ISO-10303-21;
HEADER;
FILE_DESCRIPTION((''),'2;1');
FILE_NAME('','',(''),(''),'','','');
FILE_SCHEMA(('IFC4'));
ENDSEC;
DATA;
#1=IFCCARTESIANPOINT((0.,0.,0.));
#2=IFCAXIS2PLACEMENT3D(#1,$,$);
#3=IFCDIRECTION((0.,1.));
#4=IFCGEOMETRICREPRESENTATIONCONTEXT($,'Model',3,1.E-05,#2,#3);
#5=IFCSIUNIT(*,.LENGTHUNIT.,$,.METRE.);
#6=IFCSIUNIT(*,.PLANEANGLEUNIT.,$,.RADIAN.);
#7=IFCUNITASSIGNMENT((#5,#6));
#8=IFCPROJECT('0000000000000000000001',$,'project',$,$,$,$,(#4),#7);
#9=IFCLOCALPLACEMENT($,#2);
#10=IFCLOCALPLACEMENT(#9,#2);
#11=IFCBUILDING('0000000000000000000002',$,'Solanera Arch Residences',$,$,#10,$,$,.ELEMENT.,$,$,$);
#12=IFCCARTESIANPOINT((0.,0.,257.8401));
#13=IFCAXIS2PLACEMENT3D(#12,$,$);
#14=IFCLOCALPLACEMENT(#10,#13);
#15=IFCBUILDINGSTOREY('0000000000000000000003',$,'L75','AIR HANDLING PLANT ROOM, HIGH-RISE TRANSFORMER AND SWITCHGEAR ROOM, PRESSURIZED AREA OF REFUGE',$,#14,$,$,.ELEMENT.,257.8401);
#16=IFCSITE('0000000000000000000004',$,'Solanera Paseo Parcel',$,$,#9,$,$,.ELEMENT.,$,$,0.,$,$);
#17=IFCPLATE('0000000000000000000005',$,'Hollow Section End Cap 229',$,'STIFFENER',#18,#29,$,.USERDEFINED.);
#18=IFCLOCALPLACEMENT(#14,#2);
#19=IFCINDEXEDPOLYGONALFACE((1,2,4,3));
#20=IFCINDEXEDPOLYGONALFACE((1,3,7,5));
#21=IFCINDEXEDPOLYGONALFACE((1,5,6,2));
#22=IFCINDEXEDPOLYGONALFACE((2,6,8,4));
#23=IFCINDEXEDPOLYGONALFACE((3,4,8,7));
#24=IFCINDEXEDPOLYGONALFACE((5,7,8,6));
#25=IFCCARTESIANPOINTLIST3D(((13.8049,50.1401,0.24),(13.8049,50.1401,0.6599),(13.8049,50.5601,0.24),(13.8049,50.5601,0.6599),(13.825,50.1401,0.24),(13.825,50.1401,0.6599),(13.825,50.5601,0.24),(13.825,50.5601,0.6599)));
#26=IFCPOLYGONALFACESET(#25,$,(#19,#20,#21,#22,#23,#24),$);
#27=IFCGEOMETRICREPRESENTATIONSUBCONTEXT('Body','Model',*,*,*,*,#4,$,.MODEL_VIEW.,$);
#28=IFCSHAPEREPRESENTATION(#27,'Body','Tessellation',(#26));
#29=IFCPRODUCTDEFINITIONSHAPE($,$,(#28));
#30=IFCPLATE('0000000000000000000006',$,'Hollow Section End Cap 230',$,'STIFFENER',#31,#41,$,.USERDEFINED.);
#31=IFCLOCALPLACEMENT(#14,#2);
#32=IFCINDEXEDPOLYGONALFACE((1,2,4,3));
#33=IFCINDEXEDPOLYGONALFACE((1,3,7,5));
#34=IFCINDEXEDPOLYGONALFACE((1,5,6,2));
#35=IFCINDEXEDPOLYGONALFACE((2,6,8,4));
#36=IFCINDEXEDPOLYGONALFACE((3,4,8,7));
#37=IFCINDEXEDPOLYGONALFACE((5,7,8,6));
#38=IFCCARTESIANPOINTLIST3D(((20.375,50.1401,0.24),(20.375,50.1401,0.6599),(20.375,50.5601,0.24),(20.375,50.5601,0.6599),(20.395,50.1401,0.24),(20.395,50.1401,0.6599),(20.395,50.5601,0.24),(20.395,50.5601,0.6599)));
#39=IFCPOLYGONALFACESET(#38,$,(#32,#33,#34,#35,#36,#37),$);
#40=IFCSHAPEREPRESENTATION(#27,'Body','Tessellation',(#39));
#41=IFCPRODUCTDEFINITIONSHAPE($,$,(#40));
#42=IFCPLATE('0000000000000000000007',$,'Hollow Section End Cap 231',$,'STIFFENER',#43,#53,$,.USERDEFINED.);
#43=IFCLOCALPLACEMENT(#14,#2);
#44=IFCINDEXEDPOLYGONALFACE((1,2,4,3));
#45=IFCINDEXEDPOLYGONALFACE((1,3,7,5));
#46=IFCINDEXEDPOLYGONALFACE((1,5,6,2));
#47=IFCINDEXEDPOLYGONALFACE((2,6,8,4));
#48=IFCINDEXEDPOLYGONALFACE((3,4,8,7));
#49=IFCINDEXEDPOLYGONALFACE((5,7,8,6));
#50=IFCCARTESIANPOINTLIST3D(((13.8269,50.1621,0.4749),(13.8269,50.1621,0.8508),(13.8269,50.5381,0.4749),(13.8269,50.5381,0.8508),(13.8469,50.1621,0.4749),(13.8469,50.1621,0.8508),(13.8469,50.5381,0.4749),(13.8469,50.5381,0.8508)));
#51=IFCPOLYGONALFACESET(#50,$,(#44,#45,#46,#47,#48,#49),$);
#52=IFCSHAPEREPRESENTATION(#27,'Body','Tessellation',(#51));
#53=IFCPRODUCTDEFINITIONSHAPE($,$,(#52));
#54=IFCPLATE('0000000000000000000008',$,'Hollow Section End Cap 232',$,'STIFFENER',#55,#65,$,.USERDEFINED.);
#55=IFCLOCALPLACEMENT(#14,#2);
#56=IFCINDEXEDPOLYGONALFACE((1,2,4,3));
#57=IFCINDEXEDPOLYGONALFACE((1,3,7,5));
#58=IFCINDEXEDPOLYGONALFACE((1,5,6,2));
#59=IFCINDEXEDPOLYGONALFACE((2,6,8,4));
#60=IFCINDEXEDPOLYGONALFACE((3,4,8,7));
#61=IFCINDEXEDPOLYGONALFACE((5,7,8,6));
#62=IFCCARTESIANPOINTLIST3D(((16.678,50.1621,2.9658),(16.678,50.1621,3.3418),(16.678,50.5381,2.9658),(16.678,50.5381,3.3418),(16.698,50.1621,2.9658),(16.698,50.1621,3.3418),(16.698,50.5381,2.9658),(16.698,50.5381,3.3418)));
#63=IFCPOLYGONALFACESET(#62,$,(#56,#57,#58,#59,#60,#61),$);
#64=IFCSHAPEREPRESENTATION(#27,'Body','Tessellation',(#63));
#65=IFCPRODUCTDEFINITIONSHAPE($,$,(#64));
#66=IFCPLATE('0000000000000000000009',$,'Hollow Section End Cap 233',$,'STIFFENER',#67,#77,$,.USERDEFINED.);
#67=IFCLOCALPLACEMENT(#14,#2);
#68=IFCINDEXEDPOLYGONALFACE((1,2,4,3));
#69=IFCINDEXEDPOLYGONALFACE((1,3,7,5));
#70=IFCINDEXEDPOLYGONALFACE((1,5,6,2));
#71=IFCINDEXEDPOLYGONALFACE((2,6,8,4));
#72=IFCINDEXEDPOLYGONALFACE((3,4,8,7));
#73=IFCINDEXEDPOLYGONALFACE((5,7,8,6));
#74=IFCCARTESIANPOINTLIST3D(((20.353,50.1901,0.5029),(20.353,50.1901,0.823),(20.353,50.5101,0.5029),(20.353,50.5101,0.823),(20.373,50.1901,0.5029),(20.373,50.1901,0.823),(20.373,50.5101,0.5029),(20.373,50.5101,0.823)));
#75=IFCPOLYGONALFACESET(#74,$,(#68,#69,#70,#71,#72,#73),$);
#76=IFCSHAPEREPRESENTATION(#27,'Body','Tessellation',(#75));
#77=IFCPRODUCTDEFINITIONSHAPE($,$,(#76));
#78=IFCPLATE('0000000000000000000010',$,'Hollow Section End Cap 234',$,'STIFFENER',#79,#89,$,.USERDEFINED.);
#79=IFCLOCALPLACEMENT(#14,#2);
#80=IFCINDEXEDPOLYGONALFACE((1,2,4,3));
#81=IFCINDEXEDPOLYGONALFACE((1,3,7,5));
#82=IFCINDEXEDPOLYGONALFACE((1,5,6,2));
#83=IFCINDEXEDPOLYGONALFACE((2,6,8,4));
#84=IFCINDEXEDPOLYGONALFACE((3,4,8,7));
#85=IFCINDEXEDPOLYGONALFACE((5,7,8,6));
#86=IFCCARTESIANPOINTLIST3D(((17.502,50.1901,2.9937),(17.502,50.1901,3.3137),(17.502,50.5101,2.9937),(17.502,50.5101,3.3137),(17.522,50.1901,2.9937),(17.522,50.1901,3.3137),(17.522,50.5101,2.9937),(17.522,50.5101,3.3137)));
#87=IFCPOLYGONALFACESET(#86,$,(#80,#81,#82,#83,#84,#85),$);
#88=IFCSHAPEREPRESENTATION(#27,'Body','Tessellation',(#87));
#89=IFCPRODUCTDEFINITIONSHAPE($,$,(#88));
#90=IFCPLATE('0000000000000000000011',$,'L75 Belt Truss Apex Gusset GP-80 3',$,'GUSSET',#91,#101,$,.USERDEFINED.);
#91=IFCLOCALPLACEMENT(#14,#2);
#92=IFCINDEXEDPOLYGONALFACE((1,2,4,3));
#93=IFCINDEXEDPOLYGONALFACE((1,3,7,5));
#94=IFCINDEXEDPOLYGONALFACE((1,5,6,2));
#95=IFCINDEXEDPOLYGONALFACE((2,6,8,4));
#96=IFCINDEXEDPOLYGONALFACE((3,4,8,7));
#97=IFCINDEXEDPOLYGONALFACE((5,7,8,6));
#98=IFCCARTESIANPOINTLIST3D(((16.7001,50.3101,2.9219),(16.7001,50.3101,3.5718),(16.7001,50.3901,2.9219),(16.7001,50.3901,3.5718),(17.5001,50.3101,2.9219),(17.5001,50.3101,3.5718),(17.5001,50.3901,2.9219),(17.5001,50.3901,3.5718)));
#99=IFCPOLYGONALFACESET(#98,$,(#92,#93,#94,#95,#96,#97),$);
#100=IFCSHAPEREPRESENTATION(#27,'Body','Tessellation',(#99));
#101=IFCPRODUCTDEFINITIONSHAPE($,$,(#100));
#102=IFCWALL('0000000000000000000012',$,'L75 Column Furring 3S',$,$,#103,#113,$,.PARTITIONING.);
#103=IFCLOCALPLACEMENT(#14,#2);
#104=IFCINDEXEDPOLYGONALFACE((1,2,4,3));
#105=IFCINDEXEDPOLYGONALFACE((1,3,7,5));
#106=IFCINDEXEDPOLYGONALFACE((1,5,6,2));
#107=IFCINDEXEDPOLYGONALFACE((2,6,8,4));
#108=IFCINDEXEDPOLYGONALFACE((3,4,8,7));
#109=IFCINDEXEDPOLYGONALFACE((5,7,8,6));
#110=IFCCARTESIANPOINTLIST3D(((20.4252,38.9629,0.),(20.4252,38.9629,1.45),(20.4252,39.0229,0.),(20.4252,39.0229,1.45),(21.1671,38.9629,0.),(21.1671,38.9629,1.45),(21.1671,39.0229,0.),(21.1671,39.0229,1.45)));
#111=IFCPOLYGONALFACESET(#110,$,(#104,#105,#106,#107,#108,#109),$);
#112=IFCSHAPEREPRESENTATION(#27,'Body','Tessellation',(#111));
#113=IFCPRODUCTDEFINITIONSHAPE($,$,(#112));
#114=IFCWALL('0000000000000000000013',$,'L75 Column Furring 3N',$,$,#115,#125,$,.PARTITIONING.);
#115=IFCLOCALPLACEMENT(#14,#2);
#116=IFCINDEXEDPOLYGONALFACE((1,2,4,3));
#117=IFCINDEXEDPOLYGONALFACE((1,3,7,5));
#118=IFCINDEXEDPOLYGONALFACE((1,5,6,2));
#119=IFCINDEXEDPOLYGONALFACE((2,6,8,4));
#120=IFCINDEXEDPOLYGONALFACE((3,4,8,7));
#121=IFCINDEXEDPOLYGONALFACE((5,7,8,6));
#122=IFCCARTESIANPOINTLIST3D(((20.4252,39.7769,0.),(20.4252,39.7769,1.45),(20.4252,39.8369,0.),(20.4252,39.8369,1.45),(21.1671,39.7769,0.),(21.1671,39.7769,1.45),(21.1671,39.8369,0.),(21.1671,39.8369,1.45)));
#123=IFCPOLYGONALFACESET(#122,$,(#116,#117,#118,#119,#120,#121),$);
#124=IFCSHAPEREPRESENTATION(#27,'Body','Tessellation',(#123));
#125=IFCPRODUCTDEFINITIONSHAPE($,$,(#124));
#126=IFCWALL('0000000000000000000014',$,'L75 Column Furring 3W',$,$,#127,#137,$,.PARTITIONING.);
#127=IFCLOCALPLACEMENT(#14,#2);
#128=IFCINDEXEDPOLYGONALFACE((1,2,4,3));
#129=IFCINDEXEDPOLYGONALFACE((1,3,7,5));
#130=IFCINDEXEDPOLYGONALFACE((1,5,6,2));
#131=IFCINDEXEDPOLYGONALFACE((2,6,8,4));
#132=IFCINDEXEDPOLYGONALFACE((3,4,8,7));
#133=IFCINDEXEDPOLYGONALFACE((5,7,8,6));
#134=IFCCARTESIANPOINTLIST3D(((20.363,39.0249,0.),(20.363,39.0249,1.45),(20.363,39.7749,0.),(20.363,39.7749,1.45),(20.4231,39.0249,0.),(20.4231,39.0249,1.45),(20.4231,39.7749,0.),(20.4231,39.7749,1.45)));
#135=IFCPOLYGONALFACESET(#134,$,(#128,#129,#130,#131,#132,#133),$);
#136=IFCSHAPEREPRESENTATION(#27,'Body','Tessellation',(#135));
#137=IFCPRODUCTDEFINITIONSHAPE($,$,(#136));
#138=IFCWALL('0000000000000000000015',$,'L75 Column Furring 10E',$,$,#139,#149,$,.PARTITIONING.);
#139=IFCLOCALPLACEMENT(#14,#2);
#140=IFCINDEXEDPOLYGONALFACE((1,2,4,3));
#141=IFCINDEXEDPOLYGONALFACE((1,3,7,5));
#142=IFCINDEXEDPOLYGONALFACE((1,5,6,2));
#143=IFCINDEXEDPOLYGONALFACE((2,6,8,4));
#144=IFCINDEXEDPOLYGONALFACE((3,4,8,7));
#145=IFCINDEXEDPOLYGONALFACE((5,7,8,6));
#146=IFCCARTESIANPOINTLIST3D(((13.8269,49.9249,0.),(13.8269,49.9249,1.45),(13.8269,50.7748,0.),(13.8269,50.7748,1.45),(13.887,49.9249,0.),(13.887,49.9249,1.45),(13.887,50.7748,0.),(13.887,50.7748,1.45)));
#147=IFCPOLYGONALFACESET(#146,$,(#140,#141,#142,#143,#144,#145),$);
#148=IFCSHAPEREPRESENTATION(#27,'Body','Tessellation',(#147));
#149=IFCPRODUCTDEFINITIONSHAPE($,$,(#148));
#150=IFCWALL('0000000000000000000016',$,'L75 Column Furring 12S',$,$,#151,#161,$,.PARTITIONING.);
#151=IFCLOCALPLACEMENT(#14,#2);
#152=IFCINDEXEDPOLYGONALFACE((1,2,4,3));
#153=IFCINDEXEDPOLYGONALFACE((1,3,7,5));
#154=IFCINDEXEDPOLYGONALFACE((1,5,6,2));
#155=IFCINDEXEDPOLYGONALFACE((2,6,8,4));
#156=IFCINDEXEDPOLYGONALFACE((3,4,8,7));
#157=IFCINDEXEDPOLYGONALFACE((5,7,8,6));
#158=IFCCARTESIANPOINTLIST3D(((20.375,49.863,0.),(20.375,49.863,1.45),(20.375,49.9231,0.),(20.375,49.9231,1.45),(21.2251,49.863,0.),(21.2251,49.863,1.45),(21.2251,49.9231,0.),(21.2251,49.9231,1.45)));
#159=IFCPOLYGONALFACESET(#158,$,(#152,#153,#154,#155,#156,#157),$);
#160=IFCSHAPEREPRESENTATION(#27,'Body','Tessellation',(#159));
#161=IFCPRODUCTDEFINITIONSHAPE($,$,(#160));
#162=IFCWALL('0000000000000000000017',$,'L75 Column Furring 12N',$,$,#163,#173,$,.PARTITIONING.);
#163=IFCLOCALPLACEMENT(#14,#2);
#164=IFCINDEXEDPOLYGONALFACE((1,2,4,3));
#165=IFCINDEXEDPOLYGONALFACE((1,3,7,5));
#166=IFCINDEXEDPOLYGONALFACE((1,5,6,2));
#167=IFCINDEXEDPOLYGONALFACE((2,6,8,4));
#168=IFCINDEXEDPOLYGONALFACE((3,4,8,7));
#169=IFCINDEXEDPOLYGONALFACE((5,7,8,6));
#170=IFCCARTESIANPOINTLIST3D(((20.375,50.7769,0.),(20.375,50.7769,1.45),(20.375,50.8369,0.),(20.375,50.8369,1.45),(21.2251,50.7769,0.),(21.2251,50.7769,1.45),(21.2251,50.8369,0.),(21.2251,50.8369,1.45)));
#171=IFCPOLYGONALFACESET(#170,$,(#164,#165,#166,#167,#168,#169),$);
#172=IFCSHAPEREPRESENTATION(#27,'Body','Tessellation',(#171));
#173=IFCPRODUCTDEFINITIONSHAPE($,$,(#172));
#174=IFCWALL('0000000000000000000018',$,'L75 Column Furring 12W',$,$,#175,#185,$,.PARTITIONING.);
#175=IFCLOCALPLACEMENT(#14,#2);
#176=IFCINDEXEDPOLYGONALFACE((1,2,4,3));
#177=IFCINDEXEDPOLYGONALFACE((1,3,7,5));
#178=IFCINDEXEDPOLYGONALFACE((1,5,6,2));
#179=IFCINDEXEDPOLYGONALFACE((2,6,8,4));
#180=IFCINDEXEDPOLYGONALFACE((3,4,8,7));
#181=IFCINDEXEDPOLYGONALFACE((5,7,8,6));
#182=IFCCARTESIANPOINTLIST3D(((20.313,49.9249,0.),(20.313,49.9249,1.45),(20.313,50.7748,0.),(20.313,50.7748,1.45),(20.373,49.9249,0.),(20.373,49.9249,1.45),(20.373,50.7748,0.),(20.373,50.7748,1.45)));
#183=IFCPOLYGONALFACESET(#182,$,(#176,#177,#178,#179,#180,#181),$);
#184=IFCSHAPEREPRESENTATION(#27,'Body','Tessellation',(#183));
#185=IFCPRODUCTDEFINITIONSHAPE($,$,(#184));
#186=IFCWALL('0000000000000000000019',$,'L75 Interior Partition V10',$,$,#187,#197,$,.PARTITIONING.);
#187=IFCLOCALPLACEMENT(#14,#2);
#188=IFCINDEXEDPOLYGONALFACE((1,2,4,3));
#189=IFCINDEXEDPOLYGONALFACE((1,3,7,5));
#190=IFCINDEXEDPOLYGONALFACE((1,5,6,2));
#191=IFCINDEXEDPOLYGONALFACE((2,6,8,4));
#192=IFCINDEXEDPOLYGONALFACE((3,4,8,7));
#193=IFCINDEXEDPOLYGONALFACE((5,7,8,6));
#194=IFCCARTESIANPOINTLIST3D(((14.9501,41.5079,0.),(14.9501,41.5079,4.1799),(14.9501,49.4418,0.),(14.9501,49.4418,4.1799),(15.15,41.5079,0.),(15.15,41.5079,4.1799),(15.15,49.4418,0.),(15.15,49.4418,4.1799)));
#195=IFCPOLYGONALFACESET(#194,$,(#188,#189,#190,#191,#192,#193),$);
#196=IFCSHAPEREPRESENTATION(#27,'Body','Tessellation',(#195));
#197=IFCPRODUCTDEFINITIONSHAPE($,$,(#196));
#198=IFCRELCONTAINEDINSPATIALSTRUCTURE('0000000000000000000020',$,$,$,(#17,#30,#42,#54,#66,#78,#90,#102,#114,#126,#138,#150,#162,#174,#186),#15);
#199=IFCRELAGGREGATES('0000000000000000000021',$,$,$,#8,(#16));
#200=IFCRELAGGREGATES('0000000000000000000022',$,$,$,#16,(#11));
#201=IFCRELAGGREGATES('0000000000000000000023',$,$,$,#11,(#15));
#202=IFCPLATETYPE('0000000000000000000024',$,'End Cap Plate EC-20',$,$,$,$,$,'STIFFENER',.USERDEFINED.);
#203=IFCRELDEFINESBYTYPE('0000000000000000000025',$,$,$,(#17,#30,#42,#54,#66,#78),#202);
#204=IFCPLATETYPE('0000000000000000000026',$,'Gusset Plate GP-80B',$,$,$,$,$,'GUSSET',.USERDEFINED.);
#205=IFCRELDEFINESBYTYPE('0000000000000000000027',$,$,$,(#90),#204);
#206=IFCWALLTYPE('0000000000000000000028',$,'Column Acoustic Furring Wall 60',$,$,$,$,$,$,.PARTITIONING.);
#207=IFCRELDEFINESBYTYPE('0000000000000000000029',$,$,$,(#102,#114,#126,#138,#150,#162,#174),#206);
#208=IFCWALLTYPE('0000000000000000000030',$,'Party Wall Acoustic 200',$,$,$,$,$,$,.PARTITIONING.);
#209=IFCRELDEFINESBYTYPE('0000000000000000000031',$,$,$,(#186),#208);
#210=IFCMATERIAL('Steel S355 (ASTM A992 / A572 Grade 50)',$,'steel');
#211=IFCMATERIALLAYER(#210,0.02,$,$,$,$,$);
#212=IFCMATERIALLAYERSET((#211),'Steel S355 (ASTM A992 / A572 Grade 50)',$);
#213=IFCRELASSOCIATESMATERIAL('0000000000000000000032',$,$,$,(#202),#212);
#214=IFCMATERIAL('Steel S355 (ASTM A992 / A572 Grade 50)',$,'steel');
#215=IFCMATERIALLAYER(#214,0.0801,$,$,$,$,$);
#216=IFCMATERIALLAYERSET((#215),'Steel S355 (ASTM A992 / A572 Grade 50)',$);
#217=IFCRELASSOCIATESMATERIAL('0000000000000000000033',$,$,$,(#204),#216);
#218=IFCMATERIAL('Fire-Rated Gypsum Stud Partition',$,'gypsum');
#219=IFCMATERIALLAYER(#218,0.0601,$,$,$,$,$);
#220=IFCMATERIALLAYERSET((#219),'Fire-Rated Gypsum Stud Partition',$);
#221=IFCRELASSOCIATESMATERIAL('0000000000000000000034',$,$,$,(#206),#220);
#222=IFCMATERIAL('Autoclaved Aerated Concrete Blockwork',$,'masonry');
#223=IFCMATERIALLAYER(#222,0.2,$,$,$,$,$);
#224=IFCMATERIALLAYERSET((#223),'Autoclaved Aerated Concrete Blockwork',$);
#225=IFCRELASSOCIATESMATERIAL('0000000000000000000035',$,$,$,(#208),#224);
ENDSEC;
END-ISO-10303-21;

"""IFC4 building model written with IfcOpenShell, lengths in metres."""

from ifc_helpers import new_model, si_unit, direction, frame, frame_2d, origin, origin_2d, place, context, subcontext, project, spatial, rectangle, extrude, material, layer, layer_set, type_object, element, save


model = new_model("IFC4")

# Units and contexts
model_context = context("Model", 3, precision=1e-05, world=origin(), true_north=direction((0.0, 1.0)))
body_context = subcontext(model_context, "Body", "Model", "MODEL_VIEW")
ifc_project = project(units=[si_unit("LENGTHUNIT", "METRE"), si_unit("PLANEANGLEUNIT", "RADIAN")], contexts=[model_context])

# Site, building, storey
site_placement = place(None, origin())
site = spatial("IfcSite", under=ifc_project, at=site_placement, Name="Solanera Paseo Parcel", CompositionType="ELEMENT", RefElevation=0.0)
building_placement = place(site_placement, origin())
building = spatial("IfcBuilding", under=site, at=building_placement, Name="Solanera Arch Residences", CompositionType="ELEMENT")
storey_placement = place(building_placement, frame((0.0, 0.0, 257.8401)))
storey = spatial("IfcBuildingStorey", under=building, at=storey_placement, Name="L75", Description="AIR HANDLING PLANT ROOM, HIGH-RISE TRANSFORMER AND SWITCHGEAR ROOM, PRESSURIZED AREA OF REFUGE", CompositionType="ELEMENT", Elevation=257.8401)

# Plates
ifc_material_1 = material(Name="Steel S355 (ASTM A992 / A572 Grade 50)", Category="steel")
ifc_layer_1 = layer(ifc_material_1, 0.02)
ifc_layer_set_1 = layer_set([ifc_layer_1], Name="Steel S355 (ASTM A992 / A572 Grade 50)")
plate_type_1 = type_object("IfcPlateType", Name="End Cap Plate EC-20", ElementType="STIFFENER", PredefinedType="USERDEFINED", material=ifc_layer_set_1)
for number, where, z_axis, x_axis, name in (
    (1, (13.8149, 50.3501, 0.24), (0.0, 0.0, 1.0), (-1.0, 0.0, 0.0), "Hollow Section End Cap 229"),
    (2, (20.385, 50.3501, 0.24), (0.0, 0.0, 1.0), (1.0, 0.0, 0.0), "Hollow Section End Cap 230"),
):
    element("IfcPlate", number, at=place(storey_placement, frame(where, z_axis=z_axis, x_axis=x_axis)), inside=storey, type_object=plate_type_1, Name=name, ObjectType="STIFFENER", PredefinedType="USERDEFINED", context=body_context, shape_type="SweptSolid", body=[
        extrude(rectangle(XDim=0.02, YDim=0.4199, at=origin_2d()), origin(), (0.0, 0.0, 1.0), 0.4199),
    ])
for number, where, z_axis, x_axis, name in (
    (3, (13.8369, 50.3501, 0.4749), (0.0, 0.0, 1.0), (-1.0, 0.0, 0.0), "Hollow Section End Cap 231"),
    (4, (16.688, 50.3501, 2.9658), (0.0, 0.0, 1.0), (1.0, 0.0, 0.0), "Hollow Section End Cap 232"),
):
    element("IfcPlate", number, at=place(storey_placement, frame(where, z_axis=z_axis, x_axis=x_axis)), inside=storey, type_object=plate_type_1, Name=name, ObjectType="STIFFENER", PredefinedType="USERDEFINED", context=body_context, shape_type="SweptSolid", body=[
        extrude(rectangle(XDim=0.02, YDim=0.376, at=origin_2d()), origin(), (0.0, 0.0, 1.0), 0.376),
    ])
for number, where, z_axis, x_axis, name in (
    (5, (20.363, 50.3501, 0.5029), (0.0, 0.0, 1.0), (1.0, 0.0, 0.0), "Hollow Section End Cap 233"),
    (6, (17.512, 50.3501, 2.9937), (0.0, 0.0, 1.0), (-1.0, 0.0, 0.0), "Hollow Section End Cap 234"),
):
    element("IfcPlate", number, at=place(storey_placement, frame(where, z_axis=z_axis, x_axis=x_axis)), inside=storey, type_object=plate_type_1, Name=name, ObjectType="STIFFENER", PredefinedType="USERDEFINED", context=body_context, shape_type="SweptSolid", body=[
        extrude(rectangle(XDim=0.02, YDim=0.3201, at=origin_2d()), origin(), (0.0, 0.0, 1.0), 0.3201),
    ])
ifc_material_2 = material(Name="Steel S355 (ASTM A992 / A572 Grade 50)", Category="steel")
ifc_layer_2 = layer(ifc_material_2, 0.0801)
ifc_layer_set_2 = layer_set([ifc_layer_2], Name="Steel S355 (ASTM A992 / A572 Grade 50)")
plate_type_2 = type_object("IfcPlateType", Name="Gusset Plate GP-80B", ElementType="GUSSET", PredefinedType="USERDEFINED", material=ifc_layer_set_2)
plate_placement = place(storey_placement, frame((17.1001, 50.3501, 2.9219), z_axis=(0.0, 0.0, 1.0), x_axis=(1.0, 0.0, 0.0)))
element("IfcPlate", 7, at=plate_placement, inside=storey, type_object=plate_type_2, Name="L75 Belt Truss Apex Gusset GP-80 3", ObjectType="GUSSET", PredefinedType="USERDEFINED", context=body_context, shape_type="SweptSolid", body=[
    extrude(rectangle(XDim=0.8, YDim=0.0801, at=origin_2d()), origin(), (0.0, 0.0, 1.0), 0.6499),
])

# Walls
ifc_material_3 = material(Name="Fire-Rated Gypsum Stud Partition", Category="gypsum")
ifc_layer_3 = layer(ifc_material_3, 0.0601)
ifc_layer_set_3 = layer_set([ifc_layer_3], Name="Fire-Rated Gypsum Stud Partition")
wall_type_1 = type_object("IfcWallType", Name="Column Acoustic Furring Wall 60", PredefinedType="PARTITIONING", material=ifc_layer_set_3)
for number, where, z_axis, x_axis, name in (
    (8, (20.425, 38.9929, 0.0), (0.0, 0.0, 1.0), (1.0, 0.0, 0.0), "L75 Column Furring 3S"),
    (9, (20.425, 39.8069, 0.0), (0.0, 0.0, 1.0), (1.0, 0.0, 0.0), "L75 Column Furring 3N"),
):
    element("IfcWall", number, at=place(storey_placement, frame(where, z_axis=z_axis, x_axis=x_axis)), inside=storey, type_object=wall_type_1, Name=name, PredefinedType="PARTITIONING", context=body_context, shape_type="SweptSolid", body=[
        extrude(rectangle(XDim=0.7419, YDim=0.0601, at=frame_2d((0.3711, 0.0))), origin(), (0.0, 0.0, 1.0), 1.45),
    ])
wall_1_placement = place(storey_placement, frame((20.3931, 39.0249, 0.0), z_axis=(0.0, 0.0, 1.0), x_axis=(0.0, 1.0, 0.0)))
element("IfcWall", 10, at=wall_1_placement, inside=storey, type_object=wall_type_1, Name="L75 Column Furring 3W", PredefinedType="PARTITIONING", context=body_context, shape_type="SweptSolid", body=[
    extrude(rectangle(XDim=0.75, YDim=0.0601, at=frame_2d((0.375, 0.0))), origin(), (0.0, 0.0, 1.0), 1.45),
])
wall_2_placement = place(storey_placement, frame((13.8569, 49.925, 0.0), z_axis=(0.0, 0.0, 1.0), x_axis=(0.0, 1.0, 0.0)))
element("IfcWall", 11, at=wall_2_placement, inside=storey, type_object=wall_type_1, Name="L75 Column Furring 10E", PredefinedType="PARTITIONING", context=body_context, shape_type="SweptSolid", body=[
    extrude(rectangle(XDim=0.8499, YDim=0.0601, at=frame_2d((0.4248, 0.0))), origin(), (0.0, 0.0, 1.0), 1.45),
])
for number, where, z_axis, x_axis, name in (
    (12, (20.375, 49.8931, 0.0), (0.0, 0.0, 1.0), (1.0, 0.0, 0.0), "L75 Column Furring 12S"),
    (13, (20.375, 50.8069, 0.0), (0.0, 0.0, 1.0), (1.0, 0.0, 0.0), "L75 Column Furring 12N"),
):
    element("IfcWall", number, at=place(storey_placement, frame(where, z_axis=z_axis, x_axis=x_axis)), inside=storey, type_object=wall_type_1, Name=name, PredefinedType="PARTITIONING", context=body_context, shape_type="SweptSolid", body=[
        extrude(rectangle(XDim=0.8501, YDim=0.0601, at=frame_2d((0.425, 0.0))), origin(), (0.0, 0.0, 1.0), 1.45),
    ])
wall_3_placement = place(storey_placement, frame((20.343, 49.925, 0.0), z_axis=(0.0, 0.0, 1.0), x_axis=(0.0, 1.0, 0.0)))
element("IfcWall", 14, at=wall_3_placement, inside=storey, type_object=wall_type_1, Name="L75 Column Furring 12W", PredefinedType="PARTITIONING", context=body_context, shape_type="SweptSolid", body=[
    extrude(rectangle(XDim=0.8499, YDim=0.0601, at=frame_2d((0.4248, 0.0))), origin(), (0.0, 0.0, 1.0), 1.45),
])
ifc_material_4 = material(Name="Autoclaved Aerated Concrete Blockwork", Category="masonry")
ifc_layer_4 = layer(ifc_material_4, 0.2)
ifc_layer_set_4 = layer_set([ifc_layer_4], Name="Autoclaved Aerated Concrete Blockwork")
wall_type_2 = type_object("IfcWallType", Name="Party Wall Acoustic 200", PredefinedType="PARTITIONING", material=ifc_layer_set_4)
wall_4_placement = place(storey_placement, frame((15.05, 41.5081, 0.0), z_axis=(0.0, 0.0, 1.0), x_axis=(0.0, 1.0, 0.0)))
element("IfcWall", 15, at=wall_4_placement, inside=storey, type_object=wall_type_2, Name="L75 Interior Partition V10", PredefinedType="PARTITIONING", context=body_context, shape_type="SweptSolid", body=[
    extrude(rectangle(XDim=7.9338, YDim=0.2, at=frame_2d((3.9668, 0.0))), origin(), (0.0, 0.0, 1.0), 4.1799),
])

save(model, "model.ifc")
